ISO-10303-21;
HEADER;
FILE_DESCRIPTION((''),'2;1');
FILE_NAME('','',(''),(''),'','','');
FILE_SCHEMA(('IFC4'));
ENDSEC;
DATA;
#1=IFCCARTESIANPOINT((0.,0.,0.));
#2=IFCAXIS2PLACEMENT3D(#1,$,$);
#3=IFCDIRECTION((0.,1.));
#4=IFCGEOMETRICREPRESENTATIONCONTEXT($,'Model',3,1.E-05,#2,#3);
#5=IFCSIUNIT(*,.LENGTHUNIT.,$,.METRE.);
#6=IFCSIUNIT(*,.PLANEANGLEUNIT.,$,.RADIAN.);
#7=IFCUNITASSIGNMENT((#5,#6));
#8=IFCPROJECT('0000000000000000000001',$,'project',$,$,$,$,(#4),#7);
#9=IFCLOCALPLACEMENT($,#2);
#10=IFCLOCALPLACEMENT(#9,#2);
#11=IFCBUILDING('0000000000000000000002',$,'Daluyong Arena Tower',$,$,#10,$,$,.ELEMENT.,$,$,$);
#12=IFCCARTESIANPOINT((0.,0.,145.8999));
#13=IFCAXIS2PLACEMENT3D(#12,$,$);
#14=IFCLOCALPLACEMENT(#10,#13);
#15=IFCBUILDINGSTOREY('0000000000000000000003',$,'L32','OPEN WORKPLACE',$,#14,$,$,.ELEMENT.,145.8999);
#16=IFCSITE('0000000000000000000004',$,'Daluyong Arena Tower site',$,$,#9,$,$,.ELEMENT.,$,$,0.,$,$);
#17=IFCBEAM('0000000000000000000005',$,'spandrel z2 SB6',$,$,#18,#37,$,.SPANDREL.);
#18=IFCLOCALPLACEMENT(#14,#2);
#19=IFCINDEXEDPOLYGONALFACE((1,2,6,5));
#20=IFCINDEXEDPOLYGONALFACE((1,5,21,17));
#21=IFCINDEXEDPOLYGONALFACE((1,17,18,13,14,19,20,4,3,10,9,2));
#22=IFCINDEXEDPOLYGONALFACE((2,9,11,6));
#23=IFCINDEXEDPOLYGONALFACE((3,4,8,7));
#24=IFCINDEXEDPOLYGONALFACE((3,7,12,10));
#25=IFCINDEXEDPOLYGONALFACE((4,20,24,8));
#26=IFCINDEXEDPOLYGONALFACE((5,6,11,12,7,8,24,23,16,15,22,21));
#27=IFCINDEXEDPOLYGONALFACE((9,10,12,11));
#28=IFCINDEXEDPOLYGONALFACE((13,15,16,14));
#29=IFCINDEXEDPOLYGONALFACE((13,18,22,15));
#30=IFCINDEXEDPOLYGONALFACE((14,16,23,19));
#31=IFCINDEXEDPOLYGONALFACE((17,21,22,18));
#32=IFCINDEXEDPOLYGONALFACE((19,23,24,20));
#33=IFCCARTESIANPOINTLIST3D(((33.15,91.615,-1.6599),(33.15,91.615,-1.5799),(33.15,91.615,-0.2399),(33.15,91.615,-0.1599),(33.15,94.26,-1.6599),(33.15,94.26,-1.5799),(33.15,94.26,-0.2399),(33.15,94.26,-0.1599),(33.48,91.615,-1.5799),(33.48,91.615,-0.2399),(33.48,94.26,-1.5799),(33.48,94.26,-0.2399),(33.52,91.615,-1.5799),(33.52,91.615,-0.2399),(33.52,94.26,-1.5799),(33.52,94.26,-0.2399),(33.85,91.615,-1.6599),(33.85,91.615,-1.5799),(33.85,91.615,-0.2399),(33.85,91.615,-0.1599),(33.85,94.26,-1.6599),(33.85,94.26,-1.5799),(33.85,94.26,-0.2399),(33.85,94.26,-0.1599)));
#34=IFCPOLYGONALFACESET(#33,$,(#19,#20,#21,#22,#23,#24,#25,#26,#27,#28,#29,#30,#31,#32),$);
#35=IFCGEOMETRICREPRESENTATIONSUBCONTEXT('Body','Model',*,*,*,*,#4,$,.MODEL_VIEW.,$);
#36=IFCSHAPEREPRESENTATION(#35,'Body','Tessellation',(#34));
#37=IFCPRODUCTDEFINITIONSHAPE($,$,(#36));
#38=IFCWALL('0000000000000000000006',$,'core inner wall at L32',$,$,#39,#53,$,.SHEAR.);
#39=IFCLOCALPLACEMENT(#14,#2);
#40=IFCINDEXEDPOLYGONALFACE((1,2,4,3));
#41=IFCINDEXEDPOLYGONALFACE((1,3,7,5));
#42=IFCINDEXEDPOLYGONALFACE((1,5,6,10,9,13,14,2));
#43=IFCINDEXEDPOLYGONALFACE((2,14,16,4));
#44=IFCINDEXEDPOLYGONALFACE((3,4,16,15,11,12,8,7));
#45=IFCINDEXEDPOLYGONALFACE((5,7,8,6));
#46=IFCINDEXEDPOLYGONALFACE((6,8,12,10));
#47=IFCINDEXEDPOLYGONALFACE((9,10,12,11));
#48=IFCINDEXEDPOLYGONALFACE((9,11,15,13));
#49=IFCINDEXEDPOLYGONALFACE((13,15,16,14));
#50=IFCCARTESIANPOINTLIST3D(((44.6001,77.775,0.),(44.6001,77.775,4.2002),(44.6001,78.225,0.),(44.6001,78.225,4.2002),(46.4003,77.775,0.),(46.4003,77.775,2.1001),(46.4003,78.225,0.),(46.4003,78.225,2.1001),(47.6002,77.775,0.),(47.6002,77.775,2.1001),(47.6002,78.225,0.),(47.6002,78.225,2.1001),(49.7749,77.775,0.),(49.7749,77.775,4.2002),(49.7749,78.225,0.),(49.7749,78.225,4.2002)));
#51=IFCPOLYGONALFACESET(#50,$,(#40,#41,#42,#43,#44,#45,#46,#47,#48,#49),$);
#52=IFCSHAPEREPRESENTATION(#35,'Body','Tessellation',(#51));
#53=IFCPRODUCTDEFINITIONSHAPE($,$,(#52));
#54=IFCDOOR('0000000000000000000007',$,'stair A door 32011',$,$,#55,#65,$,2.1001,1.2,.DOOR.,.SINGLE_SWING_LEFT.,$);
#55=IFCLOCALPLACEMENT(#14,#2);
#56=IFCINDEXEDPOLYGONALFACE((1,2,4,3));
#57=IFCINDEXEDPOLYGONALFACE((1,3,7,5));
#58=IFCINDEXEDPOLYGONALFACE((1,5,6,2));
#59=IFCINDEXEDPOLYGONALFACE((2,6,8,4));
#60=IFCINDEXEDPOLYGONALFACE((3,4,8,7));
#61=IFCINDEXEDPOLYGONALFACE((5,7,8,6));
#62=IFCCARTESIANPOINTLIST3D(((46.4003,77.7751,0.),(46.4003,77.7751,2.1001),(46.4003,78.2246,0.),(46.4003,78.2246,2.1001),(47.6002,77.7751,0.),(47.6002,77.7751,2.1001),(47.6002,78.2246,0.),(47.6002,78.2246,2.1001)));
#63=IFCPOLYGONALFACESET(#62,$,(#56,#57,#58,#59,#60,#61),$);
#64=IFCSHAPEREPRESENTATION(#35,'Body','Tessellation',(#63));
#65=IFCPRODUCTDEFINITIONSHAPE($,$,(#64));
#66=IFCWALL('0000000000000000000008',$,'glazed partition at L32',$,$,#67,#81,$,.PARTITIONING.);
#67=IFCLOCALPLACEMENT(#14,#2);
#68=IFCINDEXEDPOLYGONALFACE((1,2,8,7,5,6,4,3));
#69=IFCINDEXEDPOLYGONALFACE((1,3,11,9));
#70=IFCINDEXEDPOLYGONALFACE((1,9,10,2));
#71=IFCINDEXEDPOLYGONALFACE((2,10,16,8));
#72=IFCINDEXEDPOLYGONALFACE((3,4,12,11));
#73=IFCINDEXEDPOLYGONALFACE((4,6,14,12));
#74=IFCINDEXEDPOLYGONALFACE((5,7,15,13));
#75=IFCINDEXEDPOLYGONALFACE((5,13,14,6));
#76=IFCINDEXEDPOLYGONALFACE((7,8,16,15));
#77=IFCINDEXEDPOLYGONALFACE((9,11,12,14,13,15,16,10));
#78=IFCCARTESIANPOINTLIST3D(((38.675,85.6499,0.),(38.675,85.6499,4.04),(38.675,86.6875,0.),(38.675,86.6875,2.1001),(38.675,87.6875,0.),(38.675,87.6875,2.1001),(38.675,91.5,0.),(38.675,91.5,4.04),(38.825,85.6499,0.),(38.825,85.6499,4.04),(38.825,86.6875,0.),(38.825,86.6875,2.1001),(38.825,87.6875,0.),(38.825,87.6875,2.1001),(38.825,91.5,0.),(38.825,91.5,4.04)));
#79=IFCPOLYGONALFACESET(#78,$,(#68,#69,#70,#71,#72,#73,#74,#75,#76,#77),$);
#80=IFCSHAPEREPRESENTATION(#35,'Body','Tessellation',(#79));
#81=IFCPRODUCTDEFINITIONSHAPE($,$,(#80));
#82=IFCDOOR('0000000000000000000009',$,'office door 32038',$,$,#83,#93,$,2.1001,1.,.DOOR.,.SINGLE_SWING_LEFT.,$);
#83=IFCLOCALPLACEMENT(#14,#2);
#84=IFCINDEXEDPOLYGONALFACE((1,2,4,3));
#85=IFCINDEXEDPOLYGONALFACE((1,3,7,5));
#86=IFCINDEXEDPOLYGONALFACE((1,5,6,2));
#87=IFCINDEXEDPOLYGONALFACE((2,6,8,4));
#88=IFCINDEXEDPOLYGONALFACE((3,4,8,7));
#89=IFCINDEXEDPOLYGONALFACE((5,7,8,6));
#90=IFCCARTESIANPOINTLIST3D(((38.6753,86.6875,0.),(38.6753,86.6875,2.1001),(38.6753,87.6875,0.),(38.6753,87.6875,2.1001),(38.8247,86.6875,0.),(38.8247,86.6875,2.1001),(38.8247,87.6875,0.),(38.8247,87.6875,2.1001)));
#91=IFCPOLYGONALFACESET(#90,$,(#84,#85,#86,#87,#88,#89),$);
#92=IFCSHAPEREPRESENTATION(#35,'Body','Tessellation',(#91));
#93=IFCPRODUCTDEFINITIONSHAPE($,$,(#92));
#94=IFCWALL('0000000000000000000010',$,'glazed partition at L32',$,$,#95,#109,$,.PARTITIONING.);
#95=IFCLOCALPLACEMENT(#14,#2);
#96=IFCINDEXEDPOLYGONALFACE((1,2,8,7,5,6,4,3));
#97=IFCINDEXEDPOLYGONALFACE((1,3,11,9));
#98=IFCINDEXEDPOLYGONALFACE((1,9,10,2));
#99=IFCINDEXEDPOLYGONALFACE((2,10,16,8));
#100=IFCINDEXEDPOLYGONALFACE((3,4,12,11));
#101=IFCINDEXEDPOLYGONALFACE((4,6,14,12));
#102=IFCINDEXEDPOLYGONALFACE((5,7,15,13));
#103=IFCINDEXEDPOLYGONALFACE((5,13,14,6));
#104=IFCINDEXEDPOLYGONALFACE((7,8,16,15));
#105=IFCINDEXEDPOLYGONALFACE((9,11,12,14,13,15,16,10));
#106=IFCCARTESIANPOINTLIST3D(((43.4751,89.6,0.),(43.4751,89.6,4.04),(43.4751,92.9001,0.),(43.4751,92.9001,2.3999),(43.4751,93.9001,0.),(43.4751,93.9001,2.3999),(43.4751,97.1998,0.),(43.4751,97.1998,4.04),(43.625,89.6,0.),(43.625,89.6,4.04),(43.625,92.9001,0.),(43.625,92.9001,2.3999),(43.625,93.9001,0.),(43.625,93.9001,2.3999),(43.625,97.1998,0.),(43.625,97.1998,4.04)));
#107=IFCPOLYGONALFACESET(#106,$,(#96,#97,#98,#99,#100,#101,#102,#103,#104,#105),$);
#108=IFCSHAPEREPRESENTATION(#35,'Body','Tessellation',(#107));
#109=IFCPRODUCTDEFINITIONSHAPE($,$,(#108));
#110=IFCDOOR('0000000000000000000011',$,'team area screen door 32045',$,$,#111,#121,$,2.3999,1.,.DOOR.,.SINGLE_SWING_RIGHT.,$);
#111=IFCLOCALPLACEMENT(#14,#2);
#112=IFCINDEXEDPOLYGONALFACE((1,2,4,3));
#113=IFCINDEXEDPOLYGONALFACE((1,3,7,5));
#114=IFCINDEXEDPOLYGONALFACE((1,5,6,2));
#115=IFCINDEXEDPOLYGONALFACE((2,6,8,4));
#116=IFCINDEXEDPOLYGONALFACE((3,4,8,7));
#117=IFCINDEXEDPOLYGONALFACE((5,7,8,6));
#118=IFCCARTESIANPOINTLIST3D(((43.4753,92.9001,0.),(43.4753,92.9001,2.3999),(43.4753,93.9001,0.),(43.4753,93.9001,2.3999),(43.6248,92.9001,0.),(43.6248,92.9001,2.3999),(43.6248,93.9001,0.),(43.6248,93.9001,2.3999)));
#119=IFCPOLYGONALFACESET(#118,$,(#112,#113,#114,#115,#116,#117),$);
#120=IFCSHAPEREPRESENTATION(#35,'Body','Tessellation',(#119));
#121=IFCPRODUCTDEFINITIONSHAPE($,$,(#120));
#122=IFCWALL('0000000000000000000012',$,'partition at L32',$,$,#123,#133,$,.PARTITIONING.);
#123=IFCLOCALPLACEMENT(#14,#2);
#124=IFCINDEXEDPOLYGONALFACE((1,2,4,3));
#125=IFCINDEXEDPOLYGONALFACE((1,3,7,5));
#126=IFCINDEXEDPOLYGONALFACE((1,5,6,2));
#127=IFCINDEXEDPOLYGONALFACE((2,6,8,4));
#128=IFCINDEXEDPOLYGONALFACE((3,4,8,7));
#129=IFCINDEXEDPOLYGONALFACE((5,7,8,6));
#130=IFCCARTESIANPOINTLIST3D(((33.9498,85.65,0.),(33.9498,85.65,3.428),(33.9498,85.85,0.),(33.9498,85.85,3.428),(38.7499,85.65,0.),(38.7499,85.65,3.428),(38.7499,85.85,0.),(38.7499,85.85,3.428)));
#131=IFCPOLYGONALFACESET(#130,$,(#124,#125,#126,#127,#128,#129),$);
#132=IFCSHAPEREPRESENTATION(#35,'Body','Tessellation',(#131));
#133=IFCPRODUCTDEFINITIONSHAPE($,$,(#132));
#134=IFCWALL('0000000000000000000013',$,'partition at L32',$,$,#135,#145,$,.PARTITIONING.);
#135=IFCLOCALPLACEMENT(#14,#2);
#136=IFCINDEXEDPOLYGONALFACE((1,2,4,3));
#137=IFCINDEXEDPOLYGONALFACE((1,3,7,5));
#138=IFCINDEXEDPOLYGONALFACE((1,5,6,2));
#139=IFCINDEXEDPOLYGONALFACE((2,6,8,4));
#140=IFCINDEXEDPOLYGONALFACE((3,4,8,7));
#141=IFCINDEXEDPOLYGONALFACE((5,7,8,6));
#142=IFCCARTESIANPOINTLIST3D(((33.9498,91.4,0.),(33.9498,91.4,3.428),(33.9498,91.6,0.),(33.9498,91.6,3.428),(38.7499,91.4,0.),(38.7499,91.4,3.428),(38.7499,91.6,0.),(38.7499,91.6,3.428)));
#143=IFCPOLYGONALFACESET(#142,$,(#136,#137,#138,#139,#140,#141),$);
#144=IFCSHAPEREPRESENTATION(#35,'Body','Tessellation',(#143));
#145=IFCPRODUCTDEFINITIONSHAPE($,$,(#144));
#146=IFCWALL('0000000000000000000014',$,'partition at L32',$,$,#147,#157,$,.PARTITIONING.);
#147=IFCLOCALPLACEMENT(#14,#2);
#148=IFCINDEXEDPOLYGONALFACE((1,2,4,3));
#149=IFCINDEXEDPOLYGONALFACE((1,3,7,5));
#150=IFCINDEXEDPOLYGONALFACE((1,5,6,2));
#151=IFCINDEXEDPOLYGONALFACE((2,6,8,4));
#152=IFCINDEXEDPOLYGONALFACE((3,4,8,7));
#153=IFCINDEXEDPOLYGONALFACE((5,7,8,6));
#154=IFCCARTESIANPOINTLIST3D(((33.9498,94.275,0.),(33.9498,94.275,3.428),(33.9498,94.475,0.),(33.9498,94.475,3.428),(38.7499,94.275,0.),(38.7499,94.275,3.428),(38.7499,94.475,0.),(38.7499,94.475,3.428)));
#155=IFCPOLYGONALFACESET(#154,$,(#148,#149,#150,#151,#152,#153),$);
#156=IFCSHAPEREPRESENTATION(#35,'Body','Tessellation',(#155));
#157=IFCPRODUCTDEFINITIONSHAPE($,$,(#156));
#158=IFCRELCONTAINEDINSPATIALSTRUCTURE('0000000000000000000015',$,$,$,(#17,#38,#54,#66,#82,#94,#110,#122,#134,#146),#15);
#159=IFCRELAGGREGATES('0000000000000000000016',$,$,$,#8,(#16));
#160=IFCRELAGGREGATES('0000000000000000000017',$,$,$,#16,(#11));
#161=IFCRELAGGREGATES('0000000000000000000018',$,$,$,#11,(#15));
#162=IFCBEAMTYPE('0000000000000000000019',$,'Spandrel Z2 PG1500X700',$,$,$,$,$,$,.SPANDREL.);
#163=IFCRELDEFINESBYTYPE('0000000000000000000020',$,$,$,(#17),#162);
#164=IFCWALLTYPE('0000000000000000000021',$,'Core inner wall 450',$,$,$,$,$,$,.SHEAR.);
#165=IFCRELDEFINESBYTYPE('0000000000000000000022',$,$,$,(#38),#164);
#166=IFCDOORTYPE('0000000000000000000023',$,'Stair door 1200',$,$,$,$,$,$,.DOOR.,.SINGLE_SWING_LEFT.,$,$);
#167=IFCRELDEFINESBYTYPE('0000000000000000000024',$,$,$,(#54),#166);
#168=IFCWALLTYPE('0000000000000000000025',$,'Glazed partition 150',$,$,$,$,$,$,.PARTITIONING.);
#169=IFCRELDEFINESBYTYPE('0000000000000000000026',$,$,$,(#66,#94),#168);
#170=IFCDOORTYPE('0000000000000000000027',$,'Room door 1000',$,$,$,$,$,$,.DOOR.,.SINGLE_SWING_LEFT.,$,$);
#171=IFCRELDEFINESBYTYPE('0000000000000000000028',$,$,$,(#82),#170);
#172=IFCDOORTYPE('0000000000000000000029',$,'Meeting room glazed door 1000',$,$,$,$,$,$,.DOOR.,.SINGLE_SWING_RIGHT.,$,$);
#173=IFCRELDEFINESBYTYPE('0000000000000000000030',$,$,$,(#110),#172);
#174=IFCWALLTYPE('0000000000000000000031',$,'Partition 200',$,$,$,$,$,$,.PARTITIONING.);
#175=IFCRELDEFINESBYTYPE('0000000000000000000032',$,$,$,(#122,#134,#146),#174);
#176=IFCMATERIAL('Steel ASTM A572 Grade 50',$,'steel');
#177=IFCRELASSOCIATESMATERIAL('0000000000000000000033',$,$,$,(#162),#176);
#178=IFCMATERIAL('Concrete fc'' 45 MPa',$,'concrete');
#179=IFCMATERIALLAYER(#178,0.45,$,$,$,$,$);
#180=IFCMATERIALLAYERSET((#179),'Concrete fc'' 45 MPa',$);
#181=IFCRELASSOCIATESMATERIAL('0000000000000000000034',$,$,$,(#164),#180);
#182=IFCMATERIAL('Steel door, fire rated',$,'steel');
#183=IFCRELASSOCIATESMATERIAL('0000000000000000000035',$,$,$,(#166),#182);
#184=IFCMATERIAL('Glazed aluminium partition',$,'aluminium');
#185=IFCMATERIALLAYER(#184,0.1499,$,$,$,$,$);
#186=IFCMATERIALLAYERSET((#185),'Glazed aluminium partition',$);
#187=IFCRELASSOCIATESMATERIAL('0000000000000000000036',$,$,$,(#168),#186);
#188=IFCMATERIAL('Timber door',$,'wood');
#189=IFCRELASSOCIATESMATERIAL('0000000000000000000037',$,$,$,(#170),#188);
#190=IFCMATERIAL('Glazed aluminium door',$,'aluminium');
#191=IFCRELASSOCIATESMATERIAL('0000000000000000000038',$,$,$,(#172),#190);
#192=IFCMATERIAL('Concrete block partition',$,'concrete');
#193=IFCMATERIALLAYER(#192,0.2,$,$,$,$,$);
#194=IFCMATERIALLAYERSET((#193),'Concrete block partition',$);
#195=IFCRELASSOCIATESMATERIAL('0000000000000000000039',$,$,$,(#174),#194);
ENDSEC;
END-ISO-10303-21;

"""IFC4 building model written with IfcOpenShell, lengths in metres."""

from ifc_helpers import new_model, si_unit, direction, frame, frame_2d, origin, origin_2d, place, context, subcontext, project, spatial, rectangle, i_section, extrude, material, layer, layer_set, material_profile, profile_set, type_object, element, fill, save


model = new_model("IFC4")

# Units and contexts
model_context = context("Model", 3, precision=1e-05, world=origin(), true_north=direction((0.0, 1.0)))
body_context = subcontext(model_context, "Body", "Model", "MODEL_VIEW")
ifc_project = project(units=[si_unit("LENGTHUNIT", "METRE"), si_unit("PLANEANGLEUNIT", "RADIAN")], contexts=[model_context])

# Site, building, storey
site_placement = place(None, origin())
site = spatial("IfcSite", under=ifc_project, at=site_placement, Name="Daluyong Arena Tower site", CompositionType="ELEMENT", RefElevation=0.0)
building_placement = place(site_placement, origin())
building = spatial("IfcBuilding", under=site, at=building_placement, Name="Daluyong Arena Tower", CompositionType="ELEMENT")
storey_placement = place(building_placement, frame((0.0, 0.0, 145.8999)))
storey = spatial("IfcBuildingStorey", under=building, at=storey_placement, Name="L32", Description="OPEN WORKPLACE", CompositionType="ELEMENT", Elevation=145.8999)

# Beam
ifc_material_1 = material(Name="Steel ASTM A572 Grade 50", Category="steel")
ifc_material_profile_1 = material_profile(ifc_material_1, i_section(OverallWidth=0.7, OverallDepth=1.5, WebThickness=0.04, FlangeThickness=0.08, at=origin_2d()))
ifc_profile_set_1 = profile_set([ifc_material_profile_1], Name="Steel ASTM A572 Grade 50")
beam_type_1 = type_object("IfcBeamType", Name="Spandrel Z2 PG1500X700", PredefinedType="SPANDREL", material=ifc_profile_set_1)
beam_1_placement = place(storey_placement, frame((33.5, 94.26, -0.9099), z_axis=(0.0, -1.0, 0.0), x_axis=(1.0, 0.0, 0.0)))
element("IfcBeam", 1, at=beam_1_placement, inside=storey, type_object=beam_type_1, Name="spandrel z2 SB6", PredefinedType="SPANDREL", context=body_context, shape_type="SweptSolid", body=[
    extrude(i_section(OverallWidth=0.7, OverallDepth=1.5, WebThickness=0.04, FlangeThickness=0.08, at=origin_2d()), origin(), (0.0, 0.0, 1.0), 2.645),
])

# Walls, openings, doors
ifc_material_2 = material(Name="Concrete fc' 45 MPa", Category="concrete")
ifc_layer_1 = layer(ifc_material_2, 0.45)
ifc_layer_set_1 = layer_set([ifc_layer_1], Name="Concrete fc' 45 MPa")
wall_type_1 = type_object("IfcWallType", Name="Core inner wall 450", PredefinedType="SHEAR", material=ifc_layer_set_1)
wall_1_placement = place(storey_placement, frame((44.6001, 78.0, 0.0), z_axis=(0.0, 0.0, 1.0), x_axis=(1.0, 0.0, 0.0)))
wall_1 = element("IfcWall", 2, at=wall_1_placement, inside=storey, type_object=wall_type_1, Name="core inner wall at L32", PredefinedType="SHEAR", context=body_context, shape_type="SweptSolid", body=[
    extrude(rectangle(XDim=5.1748, YDim=0.45, at=frame_2d((2.5874, 0.0))), origin(), (0.0, 0.0, 1.0), 4.2002),
])
opening_1_placement = place(wall_1_placement, frame((1.8, 0.0, 0.0)))
opening_1 = element("IfcOpeningElement", 3, at=opening_1_placement, cuts=wall_1, PredefinedType="OPENING", context=body_context, shape_type="SweptSolid", body=[
    extrude(rectangle(XDim=1.2, YDim=2.1001, at=frame_2d((0.6001, 1.05))), frame((0.0, 0.2349, 0.0), z_axis=(0.0, -1.0, 0.0), x_axis=(1.0, 0.0, 0.0)), (0.0, 0.0, 1.0), 0.47),
])
ifc_material_3 = material(Name="Steel door, fire rated", Category="steel")
door_type_1 = type_object("IfcDoorType", Name="Stair door 1200", OperationType="SINGLE_SWING_LEFT", PredefinedType="DOOR", material=ifc_material_3)
door_1_placement = place(opening_1_placement, origin())
door_1 = element("IfcDoor", 4, at=door_1_placement, inside=storey, type_object=door_type_1, Name="stair A door 32011", OperationType="SINGLE_SWING_LEFT", OverallHeight=2.1001, OverallWidth=1.2, PredefinedType="DOOR", context=body_context, shape_type="SweptSolid", body=[
    extrude(rectangle(XDim=1.2, YDim=2.1001, at=frame_2d((0.6001, 1.05))), frame((0.0, 0.2246, 0.0), z_axis=(0.0, -1.0, 0.0), x_axis=(1.0, 0.0, 0.0)), (0.0, 0.0, 1.0), 0.4495),
])
fill(opening_1, door_1)
ifc_material_4 = material(Name="Glazed aluminium partition", Category="aluminium")
ifc_layer_2 = layer(ifc_material_4, 0.1499)
ifc_layer_set_2 = layer_set([ifc_layer_2], Name="Glazed aluminium partition")
wall_type_2 = type_object("IfcWallType", Name="Glazed partition 150", PredefinedType="PARTITIONING", material=ifc_layer_set_2)
wall_2_placement = place(storey_placement, frame((38.75, 85.6499, 0.0), z_axis=(0.0, 0.0, 1.0), x_axis=(0.0, 1.0, 0.0)))
wall_2 = element("IfcWall", 5, at=wall_2_placement, inside=storey, type_object=wall_type_2, Name="glazed partition at L32", PredefinedType="PARTITIONING", context=body_context, shape_type="SweptSolid", body=[
    extrude(rectangle(XDim=5.8501, YDim=0.1499, at=frame_2d((2.925, 0.0))), origin(), (0.0, 0.0, 1.0), 4.04),
])
opening_2_placement = place(wall_2_placement, frame((1.0376, 0.0, 0.0)))
opening_2 = element("IfcOpeningElement", 6, at=opening_2_placement, cuts=wall_2, PredefinedType="OPENING", context=body_context, shape_type="SweptSolid", body=[
    extrude(rectangle(XDim=1.0, YDim=2.1001, at=frame_2d((0.5, 1.05))), frame((0.0, 0.085, 0.0), z_axis=(0.0, -1.0, 0.0), x_axis=(1.0, 0.0, 0.0)), (0.0, 0.0, 1.0), 0.1699),
])
ifc_material_5 = material(Name="Timber door", Category="wood")
door_type_2 = type_object("IfcDoorType", Name="Room door 1000", OperationType="SINGLE_SWING_LEFT", PredefinedType="DOOR", material=ifc_material_5)
door_2_placement = place(opening_2_placement, origin())
door_2 = element("IfcDoor", 7, at=door_2_placement, inside=storey, type_object=door_type_2, Name="office door 32038", OperationType="SINGLE_SWING_LEFT", OverallHeight=2.1001, OverallWidth=1.0, PredefinedType="DOOR", context=body_context, shape_type="SweptSolid", body=[
    extrude(rectangle(XDim=1.0, YDim=2.1001, at=frame_2d((0.5, 1.05))), frame((0.0, 0.0747, 0.0), z_axis=(0.0, -1.0, 0.0), x_axis=(1.0, 0.0, 0.0)), (0.0, 0.0, 1.0), 0.1494),
])
fill(opening_2, door_2)
ifc_material_6 = material(Name="Glazed aluminium door", Category="aluminium")
door_type_3 = type_object("IfcDoorType", Name="Meeting room glazed door 1000", OperationType="SINGLE_SWING_RIGHT", PredefinedType="DOOR", material=ifc_material_6)
wall_3_placement = place(storey_placement, frame((43.55, 89.6001, 0.0), z_axis=(0.0, 0.0, 1.0), x_axis=(0.0, 1.0, 0.0)))
wall_3 = element("IfcWall", 8, at=wall_3_placement, inside=storey, type_object=wall_type_2, Name="glazed partition at L32", PredefinedType="PARTITIONING", context=body_context, shape_type="SweptSolid", body=[
    extrude(rectangle(XDim=7.5999, YDim=0.1499, at=frame_2d((3.7998, 0.0))), origin(), (0.0, 0.0, 1.0), 4.04),
])
opening_3_placement = place(wall_3_placement, frame((3.3, 0.0, 0.0)))
opening_3 = element("IfcOpeningElement", 9, at=opening_3_placement, cuts=wall_3, PredefinedType="OPENING", context=body_context, shape_type="SweptSolid", body=[
    extrude(rectangle(XDim=1.0, YDim=2.3999, at=frame_2d((0.5, 1.2))), frame((0.0, 0.085, 0.0), z_axis=(0.0, -1.0, 0.0), x_axis=(1.0, 0.0, 0.0)), (0.0, 0.0, 1.0), 0.1699),
])
door_3_placement = place(opening_3_placement, origin())
door_3 = element("IfcDoor", 10, at=door_3_placement, inside=storey, type_object=door_type_3, Name="team area screen door 32045", OperationType="SINGLE_SWING_RIGHT", OverallHeight=2.3999, OverallWidth=1.0, PredefinedType="DOOR", context=body_context, shape_type="SweptSolid", body=[
    extrude(rectangle(XDim=1.0, YDim=2.3999, at=frame_2d((0.5, 1.2))), frame((0.0, 0.0747, 0.0), z_axis=(0.0, -1.0, 0.0), x_axis=(1.0, 0.0, 0.0)), (0.0, 0.0, 1.0), 0.1494),
])
fill(opening_3, door_3)

# Walls
ifc_material_7 = material(Name="Concrete block partition", Category="concrete")
ifc_layer_3 = layer(ifc_material_7, 0.2)
ifc_layer_set_3 = layer_set([ifc_layer_3], Name="Concrete block partition")
wall_type_3 = type_object("IfcWallType", Name="Partition 200", PredefinedType="PARTITIONING", material=ifc_layer_set_3)
for number, where, z_axis, x_axis, name in (
    (11, (33.95, 85.75, 0.0), (0.0, 0.0, 1.0), (1.0, 0.0, 0.0), "partition at L32"),
    (12, (33.95, 91.5, 0.0), (0.0, 0.0, 1.0), (1.0, 0.0, 0.0), "partition at L32"),
    (13, (33.95, 94.375, 0.0), (0.0, 0.0, 1.0), (1.0, 0.0, 0.0), "partition at L32"),
):
    element("IfcWall", number, at=place(storey_placement, frame(where, z_axis=z_axis, x_axis=x_axis)), inside=storey, type_object=wall_type_3, Name=name, PredefinedType="PARTITIONING", context=body_context, shape_type="SweptSolid", body=[
        extrude(rectangle(XDim=4.8, YDim=0.2, at=frame_2d((2.3999, 0.0))), origin(), (0.0, 0.0, 1.0), 3.428),
    ])

save(model, "model.ifc")
